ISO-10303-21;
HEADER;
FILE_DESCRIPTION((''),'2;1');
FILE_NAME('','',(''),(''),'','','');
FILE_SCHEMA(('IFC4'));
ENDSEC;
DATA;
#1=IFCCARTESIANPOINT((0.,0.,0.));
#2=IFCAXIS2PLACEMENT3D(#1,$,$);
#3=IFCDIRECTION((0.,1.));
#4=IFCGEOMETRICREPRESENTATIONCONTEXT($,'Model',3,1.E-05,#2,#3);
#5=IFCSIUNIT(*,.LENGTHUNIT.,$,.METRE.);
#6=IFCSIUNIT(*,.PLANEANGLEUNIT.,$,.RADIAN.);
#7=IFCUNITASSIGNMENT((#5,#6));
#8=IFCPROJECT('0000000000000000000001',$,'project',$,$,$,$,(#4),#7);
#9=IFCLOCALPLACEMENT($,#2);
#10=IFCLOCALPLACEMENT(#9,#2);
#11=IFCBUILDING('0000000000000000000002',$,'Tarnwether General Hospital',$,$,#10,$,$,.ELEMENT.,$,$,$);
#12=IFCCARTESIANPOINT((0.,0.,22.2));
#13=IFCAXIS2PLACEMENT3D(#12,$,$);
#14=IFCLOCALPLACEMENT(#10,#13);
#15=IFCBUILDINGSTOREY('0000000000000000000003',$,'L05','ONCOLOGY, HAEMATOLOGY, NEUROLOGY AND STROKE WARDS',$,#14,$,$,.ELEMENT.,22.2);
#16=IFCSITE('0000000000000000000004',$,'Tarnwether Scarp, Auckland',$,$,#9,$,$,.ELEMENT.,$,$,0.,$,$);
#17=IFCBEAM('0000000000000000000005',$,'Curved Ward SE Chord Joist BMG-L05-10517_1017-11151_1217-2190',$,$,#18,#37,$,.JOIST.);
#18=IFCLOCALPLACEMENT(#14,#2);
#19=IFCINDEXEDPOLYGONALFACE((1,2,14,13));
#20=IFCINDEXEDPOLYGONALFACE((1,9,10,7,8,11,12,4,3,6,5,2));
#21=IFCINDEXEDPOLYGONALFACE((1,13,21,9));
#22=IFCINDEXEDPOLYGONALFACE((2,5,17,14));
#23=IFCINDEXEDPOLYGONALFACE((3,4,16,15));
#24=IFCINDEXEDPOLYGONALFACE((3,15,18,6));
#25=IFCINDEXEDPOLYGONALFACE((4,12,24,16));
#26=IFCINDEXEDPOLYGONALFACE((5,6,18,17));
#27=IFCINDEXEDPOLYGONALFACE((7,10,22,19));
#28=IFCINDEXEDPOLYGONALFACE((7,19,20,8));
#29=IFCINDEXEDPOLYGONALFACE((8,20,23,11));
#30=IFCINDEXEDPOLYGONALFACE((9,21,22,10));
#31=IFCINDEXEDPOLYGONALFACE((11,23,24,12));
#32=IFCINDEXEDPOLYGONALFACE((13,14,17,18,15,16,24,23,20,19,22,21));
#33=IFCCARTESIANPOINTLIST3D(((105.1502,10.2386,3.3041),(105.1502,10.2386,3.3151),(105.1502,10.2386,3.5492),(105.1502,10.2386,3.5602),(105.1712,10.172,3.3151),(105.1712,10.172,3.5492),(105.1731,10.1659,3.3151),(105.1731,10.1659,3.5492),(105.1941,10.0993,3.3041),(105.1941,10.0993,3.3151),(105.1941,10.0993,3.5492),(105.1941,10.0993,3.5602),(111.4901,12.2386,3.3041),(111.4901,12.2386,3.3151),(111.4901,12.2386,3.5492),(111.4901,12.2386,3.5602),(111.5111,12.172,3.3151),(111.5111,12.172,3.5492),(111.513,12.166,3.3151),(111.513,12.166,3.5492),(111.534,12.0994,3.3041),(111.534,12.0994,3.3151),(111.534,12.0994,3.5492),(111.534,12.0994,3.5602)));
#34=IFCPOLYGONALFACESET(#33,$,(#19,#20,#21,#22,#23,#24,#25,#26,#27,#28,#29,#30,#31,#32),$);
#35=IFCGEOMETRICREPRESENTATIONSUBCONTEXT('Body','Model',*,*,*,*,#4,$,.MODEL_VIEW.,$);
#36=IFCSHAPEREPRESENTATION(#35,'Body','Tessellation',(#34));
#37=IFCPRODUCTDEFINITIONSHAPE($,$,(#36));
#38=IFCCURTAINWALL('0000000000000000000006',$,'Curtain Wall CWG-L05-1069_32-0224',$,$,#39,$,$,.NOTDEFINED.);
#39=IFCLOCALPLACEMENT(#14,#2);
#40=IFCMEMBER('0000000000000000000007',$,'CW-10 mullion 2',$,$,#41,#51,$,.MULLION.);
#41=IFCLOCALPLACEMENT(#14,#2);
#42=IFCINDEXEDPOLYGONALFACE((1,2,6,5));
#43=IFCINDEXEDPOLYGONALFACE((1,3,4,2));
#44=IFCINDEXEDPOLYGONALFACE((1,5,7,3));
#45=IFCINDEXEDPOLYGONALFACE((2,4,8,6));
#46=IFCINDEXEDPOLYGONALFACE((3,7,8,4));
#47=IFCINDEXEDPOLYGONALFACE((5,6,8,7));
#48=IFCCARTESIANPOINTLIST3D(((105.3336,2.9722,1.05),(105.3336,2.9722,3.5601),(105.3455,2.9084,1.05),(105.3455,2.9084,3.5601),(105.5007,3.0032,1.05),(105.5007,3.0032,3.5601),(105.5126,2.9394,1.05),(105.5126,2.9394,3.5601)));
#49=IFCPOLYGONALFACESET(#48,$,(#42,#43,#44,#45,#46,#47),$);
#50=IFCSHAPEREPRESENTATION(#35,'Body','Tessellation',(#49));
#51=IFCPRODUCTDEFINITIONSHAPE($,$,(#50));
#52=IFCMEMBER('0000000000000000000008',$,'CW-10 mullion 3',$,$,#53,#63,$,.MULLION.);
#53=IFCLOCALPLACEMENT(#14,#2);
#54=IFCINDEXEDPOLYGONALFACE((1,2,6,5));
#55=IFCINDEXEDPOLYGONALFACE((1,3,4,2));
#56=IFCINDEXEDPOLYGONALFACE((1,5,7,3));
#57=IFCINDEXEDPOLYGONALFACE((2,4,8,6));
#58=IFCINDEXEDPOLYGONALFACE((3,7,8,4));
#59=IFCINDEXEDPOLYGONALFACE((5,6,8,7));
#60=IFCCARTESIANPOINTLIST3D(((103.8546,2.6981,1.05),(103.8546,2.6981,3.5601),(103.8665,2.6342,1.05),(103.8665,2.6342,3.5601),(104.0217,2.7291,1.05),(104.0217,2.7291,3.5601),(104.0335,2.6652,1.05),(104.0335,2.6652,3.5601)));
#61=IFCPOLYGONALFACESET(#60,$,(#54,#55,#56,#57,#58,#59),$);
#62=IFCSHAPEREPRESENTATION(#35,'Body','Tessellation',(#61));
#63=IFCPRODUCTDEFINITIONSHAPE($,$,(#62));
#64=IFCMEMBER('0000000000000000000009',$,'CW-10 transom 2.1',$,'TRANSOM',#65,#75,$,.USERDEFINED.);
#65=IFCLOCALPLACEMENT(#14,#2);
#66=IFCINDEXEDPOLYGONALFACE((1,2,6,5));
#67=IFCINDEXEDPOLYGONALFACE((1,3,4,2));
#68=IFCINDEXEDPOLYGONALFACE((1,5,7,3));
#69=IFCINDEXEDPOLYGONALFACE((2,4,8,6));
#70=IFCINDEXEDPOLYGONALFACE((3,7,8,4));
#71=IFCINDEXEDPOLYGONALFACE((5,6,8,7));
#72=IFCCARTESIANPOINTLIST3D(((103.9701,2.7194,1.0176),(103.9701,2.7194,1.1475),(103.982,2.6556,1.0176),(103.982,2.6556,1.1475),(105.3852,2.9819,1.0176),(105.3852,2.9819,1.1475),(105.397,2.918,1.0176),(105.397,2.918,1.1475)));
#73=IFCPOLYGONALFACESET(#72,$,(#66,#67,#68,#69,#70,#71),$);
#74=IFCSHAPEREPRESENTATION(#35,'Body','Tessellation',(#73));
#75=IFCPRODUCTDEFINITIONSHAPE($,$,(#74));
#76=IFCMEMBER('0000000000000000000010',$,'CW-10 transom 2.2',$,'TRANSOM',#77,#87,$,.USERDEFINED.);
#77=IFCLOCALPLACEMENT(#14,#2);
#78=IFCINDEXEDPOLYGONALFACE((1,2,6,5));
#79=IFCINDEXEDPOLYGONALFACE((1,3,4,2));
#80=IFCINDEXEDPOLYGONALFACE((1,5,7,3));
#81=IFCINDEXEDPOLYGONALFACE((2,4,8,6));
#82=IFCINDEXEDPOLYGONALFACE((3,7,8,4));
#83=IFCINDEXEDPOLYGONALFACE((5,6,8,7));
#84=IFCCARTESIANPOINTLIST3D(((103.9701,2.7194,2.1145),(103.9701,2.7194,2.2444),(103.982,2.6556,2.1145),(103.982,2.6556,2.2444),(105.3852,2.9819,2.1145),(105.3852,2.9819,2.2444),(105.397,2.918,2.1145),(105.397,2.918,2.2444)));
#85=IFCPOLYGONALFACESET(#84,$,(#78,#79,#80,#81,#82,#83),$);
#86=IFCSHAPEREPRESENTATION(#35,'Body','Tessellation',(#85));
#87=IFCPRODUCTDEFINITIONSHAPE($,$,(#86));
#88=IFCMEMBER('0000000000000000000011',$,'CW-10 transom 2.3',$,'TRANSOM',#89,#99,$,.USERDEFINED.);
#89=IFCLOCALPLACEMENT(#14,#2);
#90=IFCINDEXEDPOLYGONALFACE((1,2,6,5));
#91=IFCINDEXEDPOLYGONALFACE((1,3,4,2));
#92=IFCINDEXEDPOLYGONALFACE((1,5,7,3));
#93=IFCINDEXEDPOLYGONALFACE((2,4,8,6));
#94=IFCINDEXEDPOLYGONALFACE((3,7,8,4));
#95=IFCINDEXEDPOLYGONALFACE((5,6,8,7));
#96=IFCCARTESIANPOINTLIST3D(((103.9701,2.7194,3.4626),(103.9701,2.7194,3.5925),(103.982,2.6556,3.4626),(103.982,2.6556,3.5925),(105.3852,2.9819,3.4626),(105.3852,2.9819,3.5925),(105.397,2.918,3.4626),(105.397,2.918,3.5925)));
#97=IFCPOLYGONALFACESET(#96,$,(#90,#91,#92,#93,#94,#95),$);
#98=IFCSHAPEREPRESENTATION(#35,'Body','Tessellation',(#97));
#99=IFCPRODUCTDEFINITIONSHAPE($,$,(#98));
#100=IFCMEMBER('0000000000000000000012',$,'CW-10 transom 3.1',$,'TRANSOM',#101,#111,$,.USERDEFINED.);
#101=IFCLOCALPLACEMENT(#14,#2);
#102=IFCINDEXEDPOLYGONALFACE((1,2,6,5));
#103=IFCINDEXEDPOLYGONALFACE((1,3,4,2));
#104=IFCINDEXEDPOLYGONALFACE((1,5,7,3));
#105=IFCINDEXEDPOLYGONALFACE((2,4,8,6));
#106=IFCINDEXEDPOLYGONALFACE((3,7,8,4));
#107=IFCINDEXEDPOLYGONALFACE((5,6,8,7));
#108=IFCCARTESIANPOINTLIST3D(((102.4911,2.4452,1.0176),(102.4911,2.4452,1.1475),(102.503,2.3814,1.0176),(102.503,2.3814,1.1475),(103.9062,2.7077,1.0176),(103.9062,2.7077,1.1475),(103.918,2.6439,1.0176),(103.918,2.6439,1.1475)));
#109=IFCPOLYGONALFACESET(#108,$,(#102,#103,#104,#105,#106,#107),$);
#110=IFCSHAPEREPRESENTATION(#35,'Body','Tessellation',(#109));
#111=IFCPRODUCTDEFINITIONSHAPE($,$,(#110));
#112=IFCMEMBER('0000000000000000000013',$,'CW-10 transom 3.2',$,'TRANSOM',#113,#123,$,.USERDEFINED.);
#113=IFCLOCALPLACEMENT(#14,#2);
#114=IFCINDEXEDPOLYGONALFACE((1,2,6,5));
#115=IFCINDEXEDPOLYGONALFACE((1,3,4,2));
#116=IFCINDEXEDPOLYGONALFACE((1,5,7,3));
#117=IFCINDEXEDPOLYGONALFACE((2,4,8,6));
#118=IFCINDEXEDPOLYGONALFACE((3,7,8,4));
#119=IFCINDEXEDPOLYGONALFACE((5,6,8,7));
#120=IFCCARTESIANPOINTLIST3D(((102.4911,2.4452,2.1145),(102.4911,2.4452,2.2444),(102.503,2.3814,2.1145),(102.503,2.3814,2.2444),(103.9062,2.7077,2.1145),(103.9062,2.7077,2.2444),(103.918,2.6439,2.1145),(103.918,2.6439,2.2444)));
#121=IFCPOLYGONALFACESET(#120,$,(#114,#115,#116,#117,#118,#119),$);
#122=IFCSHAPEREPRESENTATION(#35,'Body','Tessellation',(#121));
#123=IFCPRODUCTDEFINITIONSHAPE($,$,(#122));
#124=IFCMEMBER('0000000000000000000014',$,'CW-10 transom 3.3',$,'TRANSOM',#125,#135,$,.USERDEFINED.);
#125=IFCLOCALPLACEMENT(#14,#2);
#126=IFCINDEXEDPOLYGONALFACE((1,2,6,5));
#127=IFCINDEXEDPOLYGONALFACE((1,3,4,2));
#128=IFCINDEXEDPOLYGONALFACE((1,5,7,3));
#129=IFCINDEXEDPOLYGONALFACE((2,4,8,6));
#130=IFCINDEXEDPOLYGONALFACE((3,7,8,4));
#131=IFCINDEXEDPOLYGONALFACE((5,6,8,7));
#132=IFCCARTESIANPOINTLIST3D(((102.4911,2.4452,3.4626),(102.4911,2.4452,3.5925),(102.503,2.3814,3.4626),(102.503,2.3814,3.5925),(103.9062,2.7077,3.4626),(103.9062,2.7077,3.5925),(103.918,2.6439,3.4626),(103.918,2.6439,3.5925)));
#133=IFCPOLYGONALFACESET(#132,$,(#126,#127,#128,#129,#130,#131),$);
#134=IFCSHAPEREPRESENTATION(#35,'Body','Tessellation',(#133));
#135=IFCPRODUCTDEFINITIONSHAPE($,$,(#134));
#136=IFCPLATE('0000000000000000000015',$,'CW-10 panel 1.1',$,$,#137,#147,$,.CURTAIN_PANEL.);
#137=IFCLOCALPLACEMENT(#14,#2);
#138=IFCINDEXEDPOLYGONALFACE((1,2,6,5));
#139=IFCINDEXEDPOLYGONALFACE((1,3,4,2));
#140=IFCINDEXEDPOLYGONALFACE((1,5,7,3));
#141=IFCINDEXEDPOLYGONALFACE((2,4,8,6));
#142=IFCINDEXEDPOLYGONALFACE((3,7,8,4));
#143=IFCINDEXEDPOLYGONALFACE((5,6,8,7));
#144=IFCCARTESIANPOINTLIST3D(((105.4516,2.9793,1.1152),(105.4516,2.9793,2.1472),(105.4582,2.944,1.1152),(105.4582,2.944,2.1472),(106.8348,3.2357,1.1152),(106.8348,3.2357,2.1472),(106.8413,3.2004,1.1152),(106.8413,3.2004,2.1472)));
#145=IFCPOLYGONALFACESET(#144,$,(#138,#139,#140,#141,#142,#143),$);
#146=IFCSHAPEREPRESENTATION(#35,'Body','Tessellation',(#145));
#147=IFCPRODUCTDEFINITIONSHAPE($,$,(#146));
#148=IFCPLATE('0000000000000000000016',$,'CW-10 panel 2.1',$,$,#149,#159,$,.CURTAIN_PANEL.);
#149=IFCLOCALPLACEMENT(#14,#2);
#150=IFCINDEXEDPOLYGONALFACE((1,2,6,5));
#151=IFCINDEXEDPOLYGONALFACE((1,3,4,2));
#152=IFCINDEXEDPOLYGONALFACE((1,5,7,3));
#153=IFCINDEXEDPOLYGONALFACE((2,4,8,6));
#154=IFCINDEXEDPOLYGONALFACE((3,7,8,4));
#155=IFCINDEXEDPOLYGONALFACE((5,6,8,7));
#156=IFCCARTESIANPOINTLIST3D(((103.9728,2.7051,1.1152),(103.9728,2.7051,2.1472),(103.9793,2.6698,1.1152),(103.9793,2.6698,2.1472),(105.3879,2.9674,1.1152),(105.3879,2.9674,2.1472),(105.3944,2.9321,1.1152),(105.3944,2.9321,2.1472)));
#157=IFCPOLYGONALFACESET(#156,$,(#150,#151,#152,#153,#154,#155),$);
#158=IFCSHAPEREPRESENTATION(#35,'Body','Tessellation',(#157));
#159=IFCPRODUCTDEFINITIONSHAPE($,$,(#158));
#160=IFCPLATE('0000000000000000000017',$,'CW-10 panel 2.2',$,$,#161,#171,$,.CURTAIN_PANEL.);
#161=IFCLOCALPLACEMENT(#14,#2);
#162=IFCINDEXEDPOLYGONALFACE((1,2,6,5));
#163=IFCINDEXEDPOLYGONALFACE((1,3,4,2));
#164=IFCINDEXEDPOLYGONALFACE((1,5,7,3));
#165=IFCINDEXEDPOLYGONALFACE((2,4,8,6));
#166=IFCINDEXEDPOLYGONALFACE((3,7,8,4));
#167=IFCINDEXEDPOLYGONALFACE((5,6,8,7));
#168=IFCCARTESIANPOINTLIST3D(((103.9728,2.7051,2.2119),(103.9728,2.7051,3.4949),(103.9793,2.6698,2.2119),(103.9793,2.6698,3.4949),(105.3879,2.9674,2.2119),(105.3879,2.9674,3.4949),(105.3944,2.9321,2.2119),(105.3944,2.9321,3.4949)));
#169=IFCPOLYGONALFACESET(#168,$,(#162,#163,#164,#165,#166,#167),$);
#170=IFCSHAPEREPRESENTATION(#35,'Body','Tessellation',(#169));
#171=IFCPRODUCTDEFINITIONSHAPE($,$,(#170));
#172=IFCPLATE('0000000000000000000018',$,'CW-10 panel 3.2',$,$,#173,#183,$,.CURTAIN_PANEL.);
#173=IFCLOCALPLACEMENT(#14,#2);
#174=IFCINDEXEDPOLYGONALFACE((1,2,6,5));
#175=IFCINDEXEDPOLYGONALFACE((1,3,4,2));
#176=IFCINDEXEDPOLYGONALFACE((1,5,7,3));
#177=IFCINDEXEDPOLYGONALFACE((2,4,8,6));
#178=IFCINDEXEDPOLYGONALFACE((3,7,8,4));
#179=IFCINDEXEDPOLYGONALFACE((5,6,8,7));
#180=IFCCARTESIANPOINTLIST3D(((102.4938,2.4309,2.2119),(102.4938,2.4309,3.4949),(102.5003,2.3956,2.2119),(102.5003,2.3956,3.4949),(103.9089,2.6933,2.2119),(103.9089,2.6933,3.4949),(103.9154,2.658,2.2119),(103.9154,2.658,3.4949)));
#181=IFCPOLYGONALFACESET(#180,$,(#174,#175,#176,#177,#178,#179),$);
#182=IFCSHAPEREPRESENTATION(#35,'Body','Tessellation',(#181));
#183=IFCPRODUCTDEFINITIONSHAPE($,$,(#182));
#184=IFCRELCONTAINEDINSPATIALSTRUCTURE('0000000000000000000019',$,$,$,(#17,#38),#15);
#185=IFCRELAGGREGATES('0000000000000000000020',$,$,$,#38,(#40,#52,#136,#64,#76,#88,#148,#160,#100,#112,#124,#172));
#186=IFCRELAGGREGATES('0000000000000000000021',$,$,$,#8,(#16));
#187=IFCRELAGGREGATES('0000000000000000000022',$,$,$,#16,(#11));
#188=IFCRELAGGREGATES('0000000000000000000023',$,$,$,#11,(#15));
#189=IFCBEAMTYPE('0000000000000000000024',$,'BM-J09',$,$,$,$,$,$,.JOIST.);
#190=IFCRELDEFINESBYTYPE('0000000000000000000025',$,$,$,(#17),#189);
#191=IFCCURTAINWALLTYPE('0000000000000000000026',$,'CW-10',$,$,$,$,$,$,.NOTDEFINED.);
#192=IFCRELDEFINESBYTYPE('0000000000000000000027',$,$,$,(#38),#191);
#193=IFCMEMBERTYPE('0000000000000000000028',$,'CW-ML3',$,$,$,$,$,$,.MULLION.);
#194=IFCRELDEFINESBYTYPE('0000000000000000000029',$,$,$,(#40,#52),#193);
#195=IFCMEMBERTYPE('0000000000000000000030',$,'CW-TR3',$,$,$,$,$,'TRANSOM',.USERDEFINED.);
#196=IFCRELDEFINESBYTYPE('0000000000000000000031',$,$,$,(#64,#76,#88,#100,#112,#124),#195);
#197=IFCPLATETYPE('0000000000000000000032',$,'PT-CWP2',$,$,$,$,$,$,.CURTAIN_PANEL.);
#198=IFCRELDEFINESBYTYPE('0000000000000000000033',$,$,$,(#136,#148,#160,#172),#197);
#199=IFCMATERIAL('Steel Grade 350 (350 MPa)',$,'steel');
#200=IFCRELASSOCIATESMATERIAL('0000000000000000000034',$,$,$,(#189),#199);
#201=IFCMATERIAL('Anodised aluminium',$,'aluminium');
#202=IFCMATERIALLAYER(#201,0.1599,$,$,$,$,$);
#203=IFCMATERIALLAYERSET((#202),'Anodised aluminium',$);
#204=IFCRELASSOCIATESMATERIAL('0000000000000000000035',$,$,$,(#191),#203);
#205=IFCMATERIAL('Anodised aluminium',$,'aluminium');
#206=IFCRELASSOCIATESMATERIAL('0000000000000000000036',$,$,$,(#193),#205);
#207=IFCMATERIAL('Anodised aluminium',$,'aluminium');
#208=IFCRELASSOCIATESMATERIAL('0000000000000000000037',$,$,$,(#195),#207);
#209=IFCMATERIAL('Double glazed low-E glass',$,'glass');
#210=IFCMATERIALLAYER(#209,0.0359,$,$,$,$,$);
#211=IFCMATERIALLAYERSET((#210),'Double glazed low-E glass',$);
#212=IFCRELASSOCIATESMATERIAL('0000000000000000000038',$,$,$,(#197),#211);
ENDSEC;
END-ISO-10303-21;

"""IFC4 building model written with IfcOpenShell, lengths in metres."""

from ifc_helpers import new_model, si_unit, direction, frame, origin, origin_2d, place, context, subcontext, project, spatial, rectangle, i_section, extrude, material, layer, layer_set, material_profile, profile_set, type_object, element, aggregate, save


model = new_model("IFC4")

# Units and contexts
model_context = context("Model", 3, precision=1e-05, world=origin(), true_north=direction((0.0, 1.0)))
body_context = subcontext(model_context, "Body", "Model", "MODEL_VIEW")
ifc_project = project(units=[si_unit("LENGTHUNIT", "METRE"), si_unit("PLANEANGLEUNIT", "RADIAN")], contexts=[model_context])

# Site, building, storey
site_placement = place(None, origin())
site = spatial("IfcSite", under=ifc_project, at=site_placement, Name="Tarnwether Scarp, Auckland", CompositionType="ELEMENT", RefElevation=0.0)
building_placement = place(site_placement, origin())
building = spatial("IfcBuilding", under=site, at=building_placement, Name="Tarnwether General Hospital", CompositionType="ELEMENT")
storey_placement = place(building_placement, frame((0.0, 0.0, 22.2)))
storey = spatial("IfcBuildingStorey", under=building, at=storey_placement, Name="L05", Description="ONCOLOGY, HAEMATOLOGY, NEUROLOGY AND STROKE WARDS", CompositionType="ELEMENT", Elevation=22.2)

# Beam
ifc_material_1 = material(Name="Steel Grade 350 (350 MPa)", Category="steel")
ifc_material_profile_1 = material_profile(ifc_material_1, i_section(OverallWidth=0.146, OverallDepth=0.2561, WebThickness=0.0063, FlangeThickness=0.011, at=origin_2d()), Name="250UB37.3")
ifc_profile_set_1 = profile_set([ifc_material_profile_1], Name="Steel Grade 350 (350 MPa)")
beam_type = type_object("IfcBeamType", Name="BM-J09", PredefinedType="JOIST", material=ifc_profile_set_1)
beam_placement = place(storey_placement, frame((105.1721, 10.1689, 3.4321), z_axis=(0.953671, 0.30085, 0.0), x_axis=(-0.30085, 0.953671, 0.0)))
element("IfcBeam", 1, at=beam_placement, inside=storey, type_object=beam_type, Name="Curved Ward SE Chord Joist BMG-L05-10517_1017-11151_1217-2190", PredefinedType="JOIST", context=body_context, shape_type="SweptSolid", body=[
    extrude(i_section(OverallWidth=0.146, OverallDepth=0.2561, WebThickness=0.0063, FlangeThickness=0.011, at=origin_2d()), origin(), (0.0, 0.0, 1.0), 6.6479),
])

# Curtain wall, members, plates
ifc_material_2 = material(Name="Anodised aluminium", Category="aluminium")
ifc_layer_1 = layer(ifc_material_2, 0.1599)
ifc_layer_set_1 = layer_set([ifc_layer_1], Name="Anodised aluminium")
curtain_wall_type = type_object("IfcCurtainWallType", Name="CW-10", PredefinedType="NOTDEFINED", material=ifc_layer_set_1)
curtain_wall_placement = place(storey_placement, origin())
curtain_wall = element("IfcCurtainWall", 2, at=curtain_wall_placement, inside=storey, type_object=curtain_wall_type, Name="Curtain Wall CWG-L05-1069_32-0224", PredefinedType="NOTDEFINED")
ifc_material_3 = material(Name="Anodised aluminium", Category="aluminium")
ifc_material_profile_2 = material_profile(ifc_material_3, rectangle(XDim=0.0649, YDim=0.1699, at=origin_2d()), Name="ALU-MUL-65x170")
ifc_profile_set_2 = profile_set([ifc_material_profile_2], Name="Anodised aluminium")
member_type_1 = type_object("IfcMemberType", Name="CW-ML3", PredefinedType="MULLION", material=ifc_profile_set_2)
member_1_placement = place(storey_placement, frame((105.4231, 2.9558, 1.05), z_axis=(0.0, 0.0, 1.0), x_axis=(0.182289, -0.983245, 0.0)))
member_1 = element("IfcMember", 3, at=member_1_placement, type_object=member_type_1, Name="CW-10 mullion 2", PredefinedType="MULLION", context=body_context, shape_type="SweptSolid", body=[
    extrude(rectangle(XDim=0.0649, YDim=0.1699, at=origin_2d()), origin(), (0.0, 0.0, 1.0), 2.51),
])
member_2_placement = place(storey_placement, frame((103.9441, 2.6816, 1.05), z_axis=(0.0, 0.0, 1.0), x_axis=(0.182289, -0.983245, 0.0)))
member_2 = element("IfcMember", 4, at=member_2_placement, type_object=member_type_1, Name="CW-10 mullion 3", PredefinedType="MULLION", context=body_context, shape_type="SweptSolid", body=[
    extrude(rectangle(XDim=0.0649, YDim=0.1699, at=origin_2d()), origin(), (0.0, 0.0, 1.0), 2.51),
])
ifc_material_4 = material(Name="Anodised aluminium", Category="aluminium")
ifc_material_profile_3 = material_profile(ifc_material_4, rectangle(XDim=0.0649, YDim=0.1299, at=origin_2d()), Name="ALU-TRN-65x130")
ifc_profile_set_3 = profile_set([ifc_material_profile_3], Name="Anodised aluminium")
member_type_2 = type_object("IfcMemberType", Name="CW-TR3", ElementType="TRANSOM", PredefinedType="USERDEFINED", material=ifc_profile_set_3)
member_3_placement = place(storey_placement, frame((105.3911, 2.95, 1.0825), z_axis=(-0.983231, -0.182363, 0.0), x_axis=(0.182363, -0.983231, 0.0)))
member_3 = element("IfcMember", 5, at=member_3_placement, type_object=member_type_2, Name="CW-10 transom 2.1", ObjectType="TRANSOM", PredefinedType="USERDEFINED", context=body_context, shape_type="SweptSolid", body=[
    extrude(rectangle(XDim=0.0649, YDim=0.1299, at=origin_2d()), origin(), (0.0, 0.0, 1.0), 1.4392),
])
member_4_placement = place(storey_placement, frame((105.3911, 2.95, 2.1794), z_axis=(-0.983231, -0.182363, 0.0), x_axis=(0.182363, -0.983231, 0.0)))
member_4 = element("IfcMember", 6, at=member_4_placement, type_object=member_type_2, Name="CW-10 transom 2.2", ObjectType="TRANSOM", PredefinedType="USERDEFINED", context=body_context, shape_type="SweptSolid", body=[
    extrude(rectangle(XDim=0.0649, YDim=0.1299, at=origin_2d()), origin(), (0.0, 0.0, 1.0), 1.4392),
])
member_5_placement = place(storey_placement, frame((105.3911, 2.95, 3.5276), z_axis=(-0.983231, -0.182363, 0.0), x_axis=(0.182363, -0.983231, 0.0)))
member_5 = element("IfcMember", 7, at=member_5_placement, type_object=member_type_2, Name="CW-10 transom 2.3", ObjectType="TRANSOM", PredefinedType="USERDEFINED", context=body_context, shape_type="SweptSolid", body=[
    extrude(rectangle(XDim=0.0649, YDim=0.1299, at=origin_2d()), origin(), (0.0, 0.0, 1.0), 1.4392),
])
member_6_placement = place(storey_placement, frame((103.9121, 2.6758, 1.0825), z_axis=(-0.983231, -0.182363, 0.0), x_axis=(0.182363, -0.983231, 0.0)))
member_6 = element("IfcMember", 8, at=member_6_placement, type_object=member_type_2, Name="CW-10 transom 3.1", ObjectType="TRANSOM", PredefinedType="USERDEFINED", context=body_context, shape_type="SweptSolid", body=[
    extrude(rectangle(XDim=0.0649, YDim=0.1299, at=origin_2d()), origin(), (0.0, 0.0, 1.0), 1.4392),
])
member_7_placement = place(storey_placement, frame((103.9121, 2.6758, 2.1794), z_axis=(-0.983231, -0.182363, 0.0), x_axis=(0.182363, -0.983231, 0.0)))
member_7 = element("IfcMember", 9, at=member_7_placement, type_object=member_type_2, Name="CW-10 transom 3.2", ObjectType="TRANSOM", PredefinedType="USERDEFINED", context=body_context, shape_type="SweptSolid", body=[
    extrude(rectangle(XDim=0.0649, YDim=0.1299, at=origin_2d()), origin(), (0.0, 0.0, 1.0), 1.4392),
])
member_8_placement = place(storey_placement, frame((103.9121, 2.6758, 3.5276), z_axis=(-0.983231, -0.182363, 0.0), x_axis=(0.182363, -0.983231, 0.0)))
member_8 = element("IfcMember", 10, at=member_8_placement, type_object=member_type_2, Name="CW-10 transom 3.3", ObjectType="TRANSOM", PredefinedType="USERDEFINED", context=body_context, shape_type="SweptSolid", body=[
    extrude(rectangle(XDim=0.0649, YDim=0.1299, at=origin_2d()), origin(), (0.0, 0.0, 1.0), 1.4392),
])
ifc_material_5 = material(Name="Double glazed low-E glass", Category="glass")
ifc_layer_2 = layer(ifc_material_5, 0.0359)
ifc_layer_set_2 = layer_set([ifc_layer_2], Name="Double glazed low-E glass")
plate_type = type_object("IfcPlateType", Name="PT-CWP2", PredefinedType="CURTAIN_PANEL", material=ifc_layer_set_2)
plate_1_placement = place(storey_placement, frame((106.1465, 3.0898, 1.1152), z_axis=(0.0, 0.0, 1.0), x_axis=(-0.983245, -0.182289, 0.0)))
plate_1 = element("IfcPlate", 11, at=plate_1_placement, type_object=plate_type, Name="CW-10 panel 1.1", PredefinedType="CURTAIN_PANEL", context=body_context, shape_type="SweptSolid", body=[
    extrude(rectangle(XDim=1.4067, YDim=0.0359, at=origin_2d()), origin(), (0.0, 0.0, 1.0), 1.032),
])
plate_2_placement = place(storey_placement, frame((104.6836, 2.8186, 1.1152), z_axis=(0.0, 0.0, 1.0), x_axis=(-0.983245, -0.182289, 0.0)))
plate_2 = element("IfcPlate", 12, at=plate_2_placement, type_object=plate_type, Name="CW-10 panel 2.1", PredefinedType="CURTAIN_PANEL", context=body_context, shape_type="SweptSolid", body=[
    extrude(rectangle(XDim=1.4392, YDim=0.0359, at=origin_2d()), origin(), (0.0, 0.0, 1.0), 1.032),
])
plate_3_placement = place(storey_placement, frame((104.6836, 2.8186, 2.2119), z_axis=(0.0, 0.0, 1.0), x_axis=(-0.983245, -0.182289, 0.0)))
plate_3 = element("IfcPlate", 13, at=plate_3_placement, type_object=plate_type, Name="CW-10 panel 2.2", PredefinedType="CURTAIN_PANEL", context=body_context, shape_type="SweptSolid", body=[
    extrude(rectangle(XDim=1.4392, YDim=0.0359, at=origin_2d()), origin(), (0.0, 0.0, 1.0), 1.283),
])
plate_4_placement = place(storey_placement, frame((103.2046, 2.5444, 2.2119), z_axis=(0.0, 0.0, 1.0), x_axis=(-0.983245, -0.182289, 0.0)))
plate_4 = element("IfcPlate", 14, at=plate_4_placement, type_object=plate_type, Name="CW-10 panel 3.2", PredefinedType="CURTAIN_PANEL", context=body_context, shape_type="SweptSolid", body=[
    extrude(rectangle(XDim=1.4392, YDim=0.0359, at=origin_2d()), origin(), (0.0, 0.0, 1.0), 1.283),
])
aggregate(curtain_wall, [member_1, member_2, plate_1, member_3, member_4, member_5, plate_2, plate_3, member_6, member_7, member_8, plate_4])

save(model, "model.ifc")
